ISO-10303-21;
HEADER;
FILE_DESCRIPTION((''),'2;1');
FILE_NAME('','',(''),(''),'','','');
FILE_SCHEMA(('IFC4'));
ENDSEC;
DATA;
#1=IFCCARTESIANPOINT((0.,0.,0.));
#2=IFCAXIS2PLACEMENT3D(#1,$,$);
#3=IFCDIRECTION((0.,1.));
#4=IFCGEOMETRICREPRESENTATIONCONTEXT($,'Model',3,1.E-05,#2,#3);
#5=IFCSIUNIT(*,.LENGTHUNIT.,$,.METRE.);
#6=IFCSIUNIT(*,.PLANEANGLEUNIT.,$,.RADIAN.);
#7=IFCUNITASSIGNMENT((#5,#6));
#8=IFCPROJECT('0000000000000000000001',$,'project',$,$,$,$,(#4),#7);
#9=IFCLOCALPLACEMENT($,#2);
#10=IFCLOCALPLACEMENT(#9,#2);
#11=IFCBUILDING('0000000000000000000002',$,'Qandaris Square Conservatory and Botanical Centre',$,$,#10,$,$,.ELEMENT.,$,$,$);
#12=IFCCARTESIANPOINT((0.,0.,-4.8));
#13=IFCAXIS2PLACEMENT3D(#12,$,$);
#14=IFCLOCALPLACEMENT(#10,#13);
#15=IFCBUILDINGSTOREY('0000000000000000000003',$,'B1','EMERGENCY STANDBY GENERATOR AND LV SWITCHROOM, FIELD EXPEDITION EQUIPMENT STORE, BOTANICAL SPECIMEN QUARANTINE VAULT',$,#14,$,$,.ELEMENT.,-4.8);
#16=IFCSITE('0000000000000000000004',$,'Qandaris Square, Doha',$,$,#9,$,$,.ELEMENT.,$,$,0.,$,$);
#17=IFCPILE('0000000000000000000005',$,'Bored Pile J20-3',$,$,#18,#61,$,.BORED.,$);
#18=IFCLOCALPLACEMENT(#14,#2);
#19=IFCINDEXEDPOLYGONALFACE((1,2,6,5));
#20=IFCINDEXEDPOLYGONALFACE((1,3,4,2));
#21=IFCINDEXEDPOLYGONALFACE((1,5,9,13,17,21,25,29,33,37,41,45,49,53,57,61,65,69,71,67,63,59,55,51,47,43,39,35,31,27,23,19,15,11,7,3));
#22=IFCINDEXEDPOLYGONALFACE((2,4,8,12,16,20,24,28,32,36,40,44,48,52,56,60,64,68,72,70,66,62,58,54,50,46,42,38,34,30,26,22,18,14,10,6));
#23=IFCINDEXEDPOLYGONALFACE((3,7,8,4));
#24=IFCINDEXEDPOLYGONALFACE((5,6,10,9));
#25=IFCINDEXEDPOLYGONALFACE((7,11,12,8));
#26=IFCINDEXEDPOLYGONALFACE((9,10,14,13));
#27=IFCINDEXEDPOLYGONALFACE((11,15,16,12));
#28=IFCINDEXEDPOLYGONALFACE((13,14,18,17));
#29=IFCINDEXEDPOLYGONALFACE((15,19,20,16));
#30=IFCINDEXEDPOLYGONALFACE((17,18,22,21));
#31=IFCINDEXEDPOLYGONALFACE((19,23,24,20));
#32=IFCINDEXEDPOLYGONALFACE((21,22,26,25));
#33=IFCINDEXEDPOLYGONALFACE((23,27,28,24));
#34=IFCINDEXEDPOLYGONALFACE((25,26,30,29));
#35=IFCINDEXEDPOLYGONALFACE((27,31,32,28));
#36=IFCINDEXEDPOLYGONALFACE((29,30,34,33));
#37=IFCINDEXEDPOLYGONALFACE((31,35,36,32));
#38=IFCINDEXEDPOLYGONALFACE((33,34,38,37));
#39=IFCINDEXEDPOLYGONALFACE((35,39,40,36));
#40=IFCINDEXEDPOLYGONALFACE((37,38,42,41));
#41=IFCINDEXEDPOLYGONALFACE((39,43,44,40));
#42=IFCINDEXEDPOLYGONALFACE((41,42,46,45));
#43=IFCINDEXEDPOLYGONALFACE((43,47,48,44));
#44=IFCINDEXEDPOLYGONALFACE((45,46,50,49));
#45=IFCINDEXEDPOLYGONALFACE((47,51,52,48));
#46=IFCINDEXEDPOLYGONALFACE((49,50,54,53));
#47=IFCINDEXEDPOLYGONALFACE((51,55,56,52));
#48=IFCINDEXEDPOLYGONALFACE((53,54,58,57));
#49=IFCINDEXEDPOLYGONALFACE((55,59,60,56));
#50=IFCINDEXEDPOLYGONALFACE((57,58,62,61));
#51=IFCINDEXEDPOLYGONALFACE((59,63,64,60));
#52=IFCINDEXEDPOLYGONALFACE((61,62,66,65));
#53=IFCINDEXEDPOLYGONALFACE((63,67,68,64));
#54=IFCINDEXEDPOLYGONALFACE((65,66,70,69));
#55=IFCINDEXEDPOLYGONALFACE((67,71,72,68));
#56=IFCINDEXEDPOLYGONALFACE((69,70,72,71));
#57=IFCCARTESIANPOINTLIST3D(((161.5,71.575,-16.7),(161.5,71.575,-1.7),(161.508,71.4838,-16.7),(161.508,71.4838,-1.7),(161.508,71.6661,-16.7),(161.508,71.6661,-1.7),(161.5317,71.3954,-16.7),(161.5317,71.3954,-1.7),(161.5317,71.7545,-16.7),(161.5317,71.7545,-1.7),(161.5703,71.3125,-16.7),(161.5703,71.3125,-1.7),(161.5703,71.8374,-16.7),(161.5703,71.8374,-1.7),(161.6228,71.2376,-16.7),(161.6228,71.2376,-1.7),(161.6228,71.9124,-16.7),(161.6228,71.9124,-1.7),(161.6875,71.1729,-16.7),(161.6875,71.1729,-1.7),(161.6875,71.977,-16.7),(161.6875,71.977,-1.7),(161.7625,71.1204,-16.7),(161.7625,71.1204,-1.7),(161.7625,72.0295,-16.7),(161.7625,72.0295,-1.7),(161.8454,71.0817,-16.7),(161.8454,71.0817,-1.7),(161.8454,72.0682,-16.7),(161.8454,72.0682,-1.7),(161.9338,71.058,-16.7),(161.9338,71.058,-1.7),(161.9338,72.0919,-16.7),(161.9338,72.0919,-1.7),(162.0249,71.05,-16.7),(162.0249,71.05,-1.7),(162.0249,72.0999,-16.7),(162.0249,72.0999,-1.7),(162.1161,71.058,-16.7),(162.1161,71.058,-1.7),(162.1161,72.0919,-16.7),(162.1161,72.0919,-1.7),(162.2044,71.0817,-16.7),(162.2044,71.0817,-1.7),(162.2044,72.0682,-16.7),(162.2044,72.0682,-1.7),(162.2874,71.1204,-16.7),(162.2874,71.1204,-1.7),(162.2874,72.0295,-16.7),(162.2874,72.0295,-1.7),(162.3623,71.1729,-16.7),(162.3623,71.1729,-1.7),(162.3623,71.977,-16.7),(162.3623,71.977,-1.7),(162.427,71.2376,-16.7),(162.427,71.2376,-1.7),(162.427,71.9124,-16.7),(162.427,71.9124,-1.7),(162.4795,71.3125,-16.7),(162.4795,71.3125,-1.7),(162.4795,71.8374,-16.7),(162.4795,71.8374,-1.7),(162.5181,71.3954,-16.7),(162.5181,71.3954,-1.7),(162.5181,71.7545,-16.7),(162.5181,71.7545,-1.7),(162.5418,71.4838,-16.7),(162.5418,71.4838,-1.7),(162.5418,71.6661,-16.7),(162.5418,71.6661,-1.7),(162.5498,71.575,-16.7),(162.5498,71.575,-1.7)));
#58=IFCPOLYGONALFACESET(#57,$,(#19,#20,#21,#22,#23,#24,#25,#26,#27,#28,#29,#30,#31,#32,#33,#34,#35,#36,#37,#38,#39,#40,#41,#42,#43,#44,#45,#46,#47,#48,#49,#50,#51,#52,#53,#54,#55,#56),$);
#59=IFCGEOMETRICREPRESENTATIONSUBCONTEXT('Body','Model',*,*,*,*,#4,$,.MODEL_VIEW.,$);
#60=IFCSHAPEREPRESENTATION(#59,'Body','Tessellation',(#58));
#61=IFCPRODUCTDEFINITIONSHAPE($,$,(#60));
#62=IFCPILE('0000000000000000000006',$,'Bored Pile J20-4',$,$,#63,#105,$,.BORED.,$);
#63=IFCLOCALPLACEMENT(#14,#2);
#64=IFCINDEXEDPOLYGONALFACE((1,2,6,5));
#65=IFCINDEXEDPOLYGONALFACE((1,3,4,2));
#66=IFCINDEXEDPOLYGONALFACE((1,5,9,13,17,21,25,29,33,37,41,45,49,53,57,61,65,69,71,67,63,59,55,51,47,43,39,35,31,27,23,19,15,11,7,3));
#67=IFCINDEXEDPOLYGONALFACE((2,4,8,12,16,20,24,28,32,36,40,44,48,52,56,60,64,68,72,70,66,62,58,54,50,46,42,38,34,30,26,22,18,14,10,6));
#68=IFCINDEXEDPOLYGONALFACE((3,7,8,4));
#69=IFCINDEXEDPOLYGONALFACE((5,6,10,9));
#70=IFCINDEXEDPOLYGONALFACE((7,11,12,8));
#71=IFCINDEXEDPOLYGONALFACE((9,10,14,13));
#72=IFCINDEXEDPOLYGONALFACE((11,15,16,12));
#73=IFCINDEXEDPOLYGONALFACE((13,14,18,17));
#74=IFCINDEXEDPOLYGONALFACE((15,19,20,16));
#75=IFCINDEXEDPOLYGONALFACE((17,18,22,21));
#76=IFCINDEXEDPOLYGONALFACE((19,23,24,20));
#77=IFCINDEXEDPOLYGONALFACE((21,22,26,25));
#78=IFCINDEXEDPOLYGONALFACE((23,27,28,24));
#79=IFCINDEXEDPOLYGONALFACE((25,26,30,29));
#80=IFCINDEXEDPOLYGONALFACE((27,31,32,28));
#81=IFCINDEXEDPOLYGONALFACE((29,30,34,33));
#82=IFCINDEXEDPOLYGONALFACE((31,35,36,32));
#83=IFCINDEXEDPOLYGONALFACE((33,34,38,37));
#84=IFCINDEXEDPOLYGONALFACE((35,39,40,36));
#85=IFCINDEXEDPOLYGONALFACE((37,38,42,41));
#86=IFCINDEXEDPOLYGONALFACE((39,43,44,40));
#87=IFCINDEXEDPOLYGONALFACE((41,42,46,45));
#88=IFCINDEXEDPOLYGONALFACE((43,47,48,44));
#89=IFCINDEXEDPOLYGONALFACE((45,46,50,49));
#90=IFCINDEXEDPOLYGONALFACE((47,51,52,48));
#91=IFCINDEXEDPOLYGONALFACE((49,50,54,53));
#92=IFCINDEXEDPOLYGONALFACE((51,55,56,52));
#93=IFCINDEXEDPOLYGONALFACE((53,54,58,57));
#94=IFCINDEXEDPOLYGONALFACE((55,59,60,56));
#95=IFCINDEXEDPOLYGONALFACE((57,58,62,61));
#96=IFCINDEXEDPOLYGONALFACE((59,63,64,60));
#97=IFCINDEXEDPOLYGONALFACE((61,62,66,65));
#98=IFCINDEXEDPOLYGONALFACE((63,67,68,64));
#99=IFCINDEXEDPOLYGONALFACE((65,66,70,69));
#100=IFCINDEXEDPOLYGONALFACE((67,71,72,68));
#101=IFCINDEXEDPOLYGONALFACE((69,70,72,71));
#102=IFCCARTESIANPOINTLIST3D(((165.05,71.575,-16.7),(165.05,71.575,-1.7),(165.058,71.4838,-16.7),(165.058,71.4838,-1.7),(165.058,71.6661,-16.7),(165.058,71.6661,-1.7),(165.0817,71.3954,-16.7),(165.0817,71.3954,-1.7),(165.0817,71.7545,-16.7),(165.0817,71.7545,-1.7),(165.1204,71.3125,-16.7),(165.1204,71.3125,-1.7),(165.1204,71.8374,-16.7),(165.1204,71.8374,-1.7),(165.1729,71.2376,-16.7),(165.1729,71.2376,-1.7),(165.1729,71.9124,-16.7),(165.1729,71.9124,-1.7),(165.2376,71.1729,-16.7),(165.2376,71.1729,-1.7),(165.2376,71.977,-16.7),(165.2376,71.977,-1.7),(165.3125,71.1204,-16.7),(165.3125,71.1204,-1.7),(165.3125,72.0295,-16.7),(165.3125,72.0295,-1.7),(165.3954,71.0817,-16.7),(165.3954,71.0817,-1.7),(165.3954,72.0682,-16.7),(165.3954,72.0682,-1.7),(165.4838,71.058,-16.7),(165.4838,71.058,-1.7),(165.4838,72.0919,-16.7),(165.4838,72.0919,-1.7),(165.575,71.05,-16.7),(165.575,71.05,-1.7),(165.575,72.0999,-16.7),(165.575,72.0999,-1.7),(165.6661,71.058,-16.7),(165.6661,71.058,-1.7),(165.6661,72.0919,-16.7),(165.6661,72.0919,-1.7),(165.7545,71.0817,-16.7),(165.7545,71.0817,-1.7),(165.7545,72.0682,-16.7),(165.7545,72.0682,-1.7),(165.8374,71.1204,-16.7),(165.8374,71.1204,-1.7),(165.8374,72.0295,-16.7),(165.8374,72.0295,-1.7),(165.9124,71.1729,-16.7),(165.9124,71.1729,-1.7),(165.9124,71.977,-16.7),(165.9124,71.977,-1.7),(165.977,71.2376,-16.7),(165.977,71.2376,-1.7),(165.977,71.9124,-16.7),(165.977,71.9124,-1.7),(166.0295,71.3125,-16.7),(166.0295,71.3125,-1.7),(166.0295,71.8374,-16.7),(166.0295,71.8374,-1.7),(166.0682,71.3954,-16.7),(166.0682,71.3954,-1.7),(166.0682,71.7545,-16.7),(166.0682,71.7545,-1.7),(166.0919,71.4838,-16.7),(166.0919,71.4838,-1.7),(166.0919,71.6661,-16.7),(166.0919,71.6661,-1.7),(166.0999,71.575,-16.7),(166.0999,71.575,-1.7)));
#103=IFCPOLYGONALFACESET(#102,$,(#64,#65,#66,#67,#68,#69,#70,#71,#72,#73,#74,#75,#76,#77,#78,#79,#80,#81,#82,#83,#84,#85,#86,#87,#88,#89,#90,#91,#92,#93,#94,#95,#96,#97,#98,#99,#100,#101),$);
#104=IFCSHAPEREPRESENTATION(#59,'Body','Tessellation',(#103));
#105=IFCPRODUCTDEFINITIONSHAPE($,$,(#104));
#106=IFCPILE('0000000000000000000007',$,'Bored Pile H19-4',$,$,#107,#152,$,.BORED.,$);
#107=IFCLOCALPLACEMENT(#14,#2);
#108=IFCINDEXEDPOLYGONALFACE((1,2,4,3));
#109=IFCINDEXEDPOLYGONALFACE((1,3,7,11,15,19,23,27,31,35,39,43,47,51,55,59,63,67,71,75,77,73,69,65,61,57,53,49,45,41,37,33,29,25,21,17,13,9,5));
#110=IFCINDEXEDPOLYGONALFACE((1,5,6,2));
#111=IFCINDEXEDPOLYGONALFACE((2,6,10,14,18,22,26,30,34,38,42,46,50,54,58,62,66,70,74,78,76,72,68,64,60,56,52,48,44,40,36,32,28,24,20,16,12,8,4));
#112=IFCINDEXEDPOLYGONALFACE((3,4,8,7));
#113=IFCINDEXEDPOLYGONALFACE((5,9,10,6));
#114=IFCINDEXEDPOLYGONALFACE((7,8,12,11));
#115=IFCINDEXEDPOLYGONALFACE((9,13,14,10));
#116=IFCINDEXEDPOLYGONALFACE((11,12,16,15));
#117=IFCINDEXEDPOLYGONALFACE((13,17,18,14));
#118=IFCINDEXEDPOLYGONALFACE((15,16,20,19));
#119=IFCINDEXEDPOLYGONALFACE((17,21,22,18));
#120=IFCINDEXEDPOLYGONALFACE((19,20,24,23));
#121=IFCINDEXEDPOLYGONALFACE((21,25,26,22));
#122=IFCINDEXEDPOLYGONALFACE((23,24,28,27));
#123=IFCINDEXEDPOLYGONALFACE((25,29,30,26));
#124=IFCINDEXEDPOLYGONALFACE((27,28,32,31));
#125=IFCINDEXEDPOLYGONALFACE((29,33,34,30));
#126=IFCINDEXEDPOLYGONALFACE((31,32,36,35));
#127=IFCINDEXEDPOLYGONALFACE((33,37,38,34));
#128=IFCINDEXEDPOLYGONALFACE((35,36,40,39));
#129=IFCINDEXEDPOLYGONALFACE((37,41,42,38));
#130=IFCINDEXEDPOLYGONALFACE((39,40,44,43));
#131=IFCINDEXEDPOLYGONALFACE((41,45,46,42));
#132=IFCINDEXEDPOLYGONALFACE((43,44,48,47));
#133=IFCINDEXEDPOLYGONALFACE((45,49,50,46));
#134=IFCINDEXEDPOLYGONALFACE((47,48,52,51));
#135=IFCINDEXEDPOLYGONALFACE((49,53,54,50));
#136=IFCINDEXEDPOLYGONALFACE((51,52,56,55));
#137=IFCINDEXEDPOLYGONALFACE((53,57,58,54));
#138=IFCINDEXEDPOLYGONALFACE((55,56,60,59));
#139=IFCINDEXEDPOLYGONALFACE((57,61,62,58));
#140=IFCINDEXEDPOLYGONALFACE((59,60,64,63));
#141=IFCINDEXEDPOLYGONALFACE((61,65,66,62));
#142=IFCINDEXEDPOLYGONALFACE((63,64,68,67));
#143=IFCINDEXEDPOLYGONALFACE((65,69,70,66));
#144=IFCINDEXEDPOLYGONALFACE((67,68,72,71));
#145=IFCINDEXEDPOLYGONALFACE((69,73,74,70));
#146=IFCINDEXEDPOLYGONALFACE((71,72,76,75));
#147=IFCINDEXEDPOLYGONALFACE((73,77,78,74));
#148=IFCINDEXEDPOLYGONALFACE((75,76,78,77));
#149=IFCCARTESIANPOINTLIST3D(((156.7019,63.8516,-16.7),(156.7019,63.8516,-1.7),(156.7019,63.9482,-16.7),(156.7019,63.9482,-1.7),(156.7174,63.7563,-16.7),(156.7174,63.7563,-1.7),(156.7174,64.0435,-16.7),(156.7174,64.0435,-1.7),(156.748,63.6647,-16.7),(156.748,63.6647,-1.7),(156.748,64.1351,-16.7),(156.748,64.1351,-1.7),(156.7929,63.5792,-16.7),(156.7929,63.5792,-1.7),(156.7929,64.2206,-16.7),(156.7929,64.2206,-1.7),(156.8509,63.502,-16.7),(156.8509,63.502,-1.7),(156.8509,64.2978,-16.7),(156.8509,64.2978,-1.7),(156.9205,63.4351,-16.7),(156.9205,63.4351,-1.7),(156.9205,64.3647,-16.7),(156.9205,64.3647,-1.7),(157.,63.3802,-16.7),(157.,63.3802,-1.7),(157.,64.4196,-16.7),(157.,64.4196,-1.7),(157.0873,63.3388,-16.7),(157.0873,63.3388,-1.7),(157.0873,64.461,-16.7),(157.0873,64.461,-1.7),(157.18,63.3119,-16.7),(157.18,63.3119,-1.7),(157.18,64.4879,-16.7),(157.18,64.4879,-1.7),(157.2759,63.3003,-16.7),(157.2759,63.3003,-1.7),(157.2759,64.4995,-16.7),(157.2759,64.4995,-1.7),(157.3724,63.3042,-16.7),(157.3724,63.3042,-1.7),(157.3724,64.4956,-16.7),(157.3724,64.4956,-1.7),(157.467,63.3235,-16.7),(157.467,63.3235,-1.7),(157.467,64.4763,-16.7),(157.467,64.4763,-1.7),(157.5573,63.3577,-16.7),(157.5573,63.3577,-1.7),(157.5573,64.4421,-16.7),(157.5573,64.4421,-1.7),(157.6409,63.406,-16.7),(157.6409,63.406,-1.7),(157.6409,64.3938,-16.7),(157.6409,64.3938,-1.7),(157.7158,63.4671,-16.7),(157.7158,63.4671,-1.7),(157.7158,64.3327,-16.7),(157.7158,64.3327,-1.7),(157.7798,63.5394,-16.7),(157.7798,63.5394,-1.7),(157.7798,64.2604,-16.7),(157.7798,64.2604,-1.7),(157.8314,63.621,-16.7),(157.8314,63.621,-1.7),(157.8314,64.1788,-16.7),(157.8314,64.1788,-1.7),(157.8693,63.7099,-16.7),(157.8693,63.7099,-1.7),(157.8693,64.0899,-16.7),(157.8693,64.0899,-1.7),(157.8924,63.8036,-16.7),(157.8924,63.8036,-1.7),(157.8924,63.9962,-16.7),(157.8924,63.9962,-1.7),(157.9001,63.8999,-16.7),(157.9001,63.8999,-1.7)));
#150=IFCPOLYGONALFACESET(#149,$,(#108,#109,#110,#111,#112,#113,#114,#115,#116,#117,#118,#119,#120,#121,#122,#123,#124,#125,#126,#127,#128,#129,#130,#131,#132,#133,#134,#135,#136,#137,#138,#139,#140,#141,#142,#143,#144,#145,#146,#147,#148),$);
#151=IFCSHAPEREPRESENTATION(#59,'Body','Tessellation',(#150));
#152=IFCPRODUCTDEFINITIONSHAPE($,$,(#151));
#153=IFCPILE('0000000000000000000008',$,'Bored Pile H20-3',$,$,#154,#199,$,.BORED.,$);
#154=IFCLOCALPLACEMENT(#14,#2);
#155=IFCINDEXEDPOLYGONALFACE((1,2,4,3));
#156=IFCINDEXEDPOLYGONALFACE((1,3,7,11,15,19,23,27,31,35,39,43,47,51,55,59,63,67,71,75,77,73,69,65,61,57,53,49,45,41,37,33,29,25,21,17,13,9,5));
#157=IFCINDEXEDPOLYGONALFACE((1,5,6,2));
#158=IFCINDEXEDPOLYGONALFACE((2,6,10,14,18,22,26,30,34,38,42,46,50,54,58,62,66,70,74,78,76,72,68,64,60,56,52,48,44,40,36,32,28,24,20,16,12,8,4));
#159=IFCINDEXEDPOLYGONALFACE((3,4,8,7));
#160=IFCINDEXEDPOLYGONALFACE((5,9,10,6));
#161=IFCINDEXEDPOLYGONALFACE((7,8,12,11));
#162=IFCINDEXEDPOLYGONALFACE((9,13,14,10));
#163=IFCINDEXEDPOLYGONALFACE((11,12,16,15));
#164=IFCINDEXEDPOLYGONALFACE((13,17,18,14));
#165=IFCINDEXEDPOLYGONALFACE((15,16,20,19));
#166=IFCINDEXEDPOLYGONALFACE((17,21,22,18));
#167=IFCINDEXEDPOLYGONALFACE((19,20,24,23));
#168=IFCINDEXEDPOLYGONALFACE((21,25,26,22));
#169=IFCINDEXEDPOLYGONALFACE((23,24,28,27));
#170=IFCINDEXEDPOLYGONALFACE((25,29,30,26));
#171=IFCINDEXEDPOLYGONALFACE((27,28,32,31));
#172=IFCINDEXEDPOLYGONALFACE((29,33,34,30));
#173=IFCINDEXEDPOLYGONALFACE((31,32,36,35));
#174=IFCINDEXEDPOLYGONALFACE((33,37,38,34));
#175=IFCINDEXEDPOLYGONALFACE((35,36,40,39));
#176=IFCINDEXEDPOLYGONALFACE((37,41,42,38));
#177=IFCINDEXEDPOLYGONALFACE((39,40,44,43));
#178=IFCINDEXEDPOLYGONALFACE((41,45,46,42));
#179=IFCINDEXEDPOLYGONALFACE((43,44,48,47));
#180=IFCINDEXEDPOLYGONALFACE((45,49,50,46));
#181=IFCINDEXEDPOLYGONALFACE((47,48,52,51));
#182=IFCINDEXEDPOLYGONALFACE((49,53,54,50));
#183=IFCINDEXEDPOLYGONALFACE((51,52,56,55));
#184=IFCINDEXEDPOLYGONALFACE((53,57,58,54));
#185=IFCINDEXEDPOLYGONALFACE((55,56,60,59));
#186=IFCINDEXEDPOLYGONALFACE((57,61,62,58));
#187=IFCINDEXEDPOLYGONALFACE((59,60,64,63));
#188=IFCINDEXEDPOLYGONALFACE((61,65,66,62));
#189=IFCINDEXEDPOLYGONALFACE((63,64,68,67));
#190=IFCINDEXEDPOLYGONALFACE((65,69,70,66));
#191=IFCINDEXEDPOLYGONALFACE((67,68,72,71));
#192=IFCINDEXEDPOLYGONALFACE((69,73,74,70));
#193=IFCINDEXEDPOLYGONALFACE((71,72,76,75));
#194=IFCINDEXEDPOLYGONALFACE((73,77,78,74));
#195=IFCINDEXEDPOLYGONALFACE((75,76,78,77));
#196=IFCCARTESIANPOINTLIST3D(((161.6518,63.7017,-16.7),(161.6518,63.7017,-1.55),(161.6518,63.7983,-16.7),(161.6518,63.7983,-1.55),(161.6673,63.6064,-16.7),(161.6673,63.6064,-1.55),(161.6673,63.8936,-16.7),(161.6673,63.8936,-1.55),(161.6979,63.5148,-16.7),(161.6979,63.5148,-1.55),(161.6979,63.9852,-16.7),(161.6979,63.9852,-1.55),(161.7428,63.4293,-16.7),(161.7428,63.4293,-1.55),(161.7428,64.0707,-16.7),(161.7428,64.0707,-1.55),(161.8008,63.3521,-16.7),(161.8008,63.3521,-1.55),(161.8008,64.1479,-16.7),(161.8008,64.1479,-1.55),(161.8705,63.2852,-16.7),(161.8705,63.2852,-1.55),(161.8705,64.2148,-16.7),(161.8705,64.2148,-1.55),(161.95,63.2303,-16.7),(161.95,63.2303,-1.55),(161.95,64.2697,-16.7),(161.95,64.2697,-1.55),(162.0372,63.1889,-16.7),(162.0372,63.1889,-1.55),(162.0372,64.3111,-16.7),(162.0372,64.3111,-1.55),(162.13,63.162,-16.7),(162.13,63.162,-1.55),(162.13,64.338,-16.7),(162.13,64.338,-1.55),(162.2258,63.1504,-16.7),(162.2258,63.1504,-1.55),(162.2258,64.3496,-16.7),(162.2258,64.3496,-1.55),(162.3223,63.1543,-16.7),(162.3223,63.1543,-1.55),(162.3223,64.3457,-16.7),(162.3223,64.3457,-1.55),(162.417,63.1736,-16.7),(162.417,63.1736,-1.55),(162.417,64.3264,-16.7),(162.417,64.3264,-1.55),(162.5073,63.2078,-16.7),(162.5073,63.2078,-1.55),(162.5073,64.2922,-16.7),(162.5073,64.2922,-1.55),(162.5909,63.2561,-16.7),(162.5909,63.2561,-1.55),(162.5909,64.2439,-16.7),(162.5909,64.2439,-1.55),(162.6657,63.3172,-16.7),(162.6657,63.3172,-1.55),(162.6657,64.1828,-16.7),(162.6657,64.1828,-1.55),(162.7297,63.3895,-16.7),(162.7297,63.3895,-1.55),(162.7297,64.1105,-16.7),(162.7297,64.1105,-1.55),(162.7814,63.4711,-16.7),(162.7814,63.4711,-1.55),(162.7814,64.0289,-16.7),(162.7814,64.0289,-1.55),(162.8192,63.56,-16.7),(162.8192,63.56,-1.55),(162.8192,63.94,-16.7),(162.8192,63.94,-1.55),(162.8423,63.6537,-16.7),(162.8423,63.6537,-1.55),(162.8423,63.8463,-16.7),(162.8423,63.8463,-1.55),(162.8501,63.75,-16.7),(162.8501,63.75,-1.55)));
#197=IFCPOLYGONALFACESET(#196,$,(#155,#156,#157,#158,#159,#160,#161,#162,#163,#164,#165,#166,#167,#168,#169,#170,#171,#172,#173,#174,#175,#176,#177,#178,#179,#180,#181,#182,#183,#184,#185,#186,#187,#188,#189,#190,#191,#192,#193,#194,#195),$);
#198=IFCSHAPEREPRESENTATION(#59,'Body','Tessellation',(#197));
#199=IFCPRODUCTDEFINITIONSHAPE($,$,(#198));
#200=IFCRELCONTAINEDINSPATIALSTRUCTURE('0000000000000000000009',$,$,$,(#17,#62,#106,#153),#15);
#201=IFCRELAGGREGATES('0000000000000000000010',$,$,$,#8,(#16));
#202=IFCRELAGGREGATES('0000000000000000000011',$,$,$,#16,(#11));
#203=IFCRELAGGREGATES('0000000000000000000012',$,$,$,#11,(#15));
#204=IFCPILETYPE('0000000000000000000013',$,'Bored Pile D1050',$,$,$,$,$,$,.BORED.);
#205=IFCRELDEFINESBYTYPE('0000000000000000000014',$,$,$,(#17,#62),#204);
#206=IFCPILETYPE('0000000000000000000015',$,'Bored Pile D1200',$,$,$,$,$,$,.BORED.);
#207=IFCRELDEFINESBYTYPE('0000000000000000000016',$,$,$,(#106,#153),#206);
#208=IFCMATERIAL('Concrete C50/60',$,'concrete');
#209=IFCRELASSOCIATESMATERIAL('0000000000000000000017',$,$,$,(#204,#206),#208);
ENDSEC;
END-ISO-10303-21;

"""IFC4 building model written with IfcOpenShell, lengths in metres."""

from ifc_helpers import new_model, si_unit, direction, frame, origin, origin_2d, place, context, subcontext, project, spatial, circle, extrude, material, material_profile, profile_set, type_object, element, save


model = new_model("IFC4")

# Units and contexts
model_context = context("Model", 3, precision=1e-05, world=origin(), true_north=direction((0.0, 1.0)))
body_context = subcontext(model_context, "Body", "Model", "MODEL_VIEW")
ifc_project = project(units=[si_unit("LENGTHUNIT", "METRE"), si_unit("PLANEANGLEUNIT", "RADIAN")], contexts=[model_context])

# Site, building, storey
site_placement = place(None, origin())
site = spatial("IfcSite", under=ifc_project, at=site_placement, Name="Qandaris Square, Doha", CompositionType="ELEMENT", RefElevation=0.0)
building_placement = place(site_placement, origin())
building = spatial("IfcBuilding", under=site, at=building_placement, Name="Qandaris Square Conservatory and Botanical Centre", CompositionType="ELEMENT")
storey_placement = place(building_placement, frame((0.0, 0.0, -4.8)))
storey = spatial("IfcBuildingStorey", under=building, at=storey_placement, Name="B1", Description="EMERGENCY STANDBY GENERATOR AND LV SWITCHROOM, FIELD EXPEDITION EQUIPMENT STORE, BOTANICAL SPECIMEN QUARANTINE VAULT", CompositionType="ELEMENT", Elevation=-4.8)

# Piles
ifc_material_1 = material(Name="Concrete C50/60", Category="concrete")
ifc_material_profile_1 = material_profile(ifc_material_1, circle(Radius=0.5249, at=origin_2d()), Name="PILE D1050")
ifc_profile_set_1 = profile_set([ifc_material_profile_1], Name="Concrete C50/60")
pile_type_1 = type_object("IfcPileType", Name="Bored Pile D1050", PredefinedType="BORED", material=ifc_profile_set_1)
for number, where, z_axis, x_axis, name in (
    (1, (162.0249, 71.575, -1.7), (0.0, 0.0, -1.0), (1.0, 0.0, 0.0), "Bored Pile J20-3"),
    (2, (165.575, 71.575, -1.7), (0.0, 0.0, -1.0), (1.0, 0.0, 0.0), "Bored Pile J20-4"),
):
    element("IfcPile", number, at=place(storey_placement, frame(where, z_axis=z_axis, x_axis=x_axis)), inside=storey, type_object=pile_type_1, Name=name, PredefinedType="BORED", context=body_context, shape_type="SweptSolid", body=[
        extrude(circle(Radius=0.5249, at=origin_2d()), origin(), (0.0, 0.0, 1.0), 15.0),
    ])
ifc_material_profile_2 = material_profile(ifc_material_1, circle(Radius=0.6001, at=origin_2d()), Name="PILE D1200")
ifc_profile_set_2 = profile_set([ifc_material_profile_2], Name="Concrete C50/60")
pile_type_2 = type_object("IfcPileType", Name="Bored Pile D1200", PredefinedType="BORED", material=ifc_profile_set_2)
pile_placement = place(storey_placement, frame((157.3, 63.8999, -1.7), z_axis=(0.0, 0.0, -1.0), x_axis=(1.0, 0.0, 0.0)))
element("IfcPile", 3, at=pile_placement, inside=storey, type_object=pile_type_2, Name="Bored Pile H19-4", PredefinedType="BORED", context=body_context, shape_type="SweptSolid", body=[
    extrude(circle(Radius=0.6001, at=origin_2d()), origin(), (0.0, 0.0, 1.0), 15.0),
])
for number, where, z_axis, x_axis, name in (
    (4, (162.25, 63.75, -1.55), (0.0, 0.0, -1.0), (1.0, 0.0, 0.0), "Bored Pile H20-3"),
):
    element("IfcPile", number, at=place(storey_placement, frame(where, z_axis=z_axis, x_axis=x_axis)), inside=storey, type_object=pile_type_2, Name=name, PredefinedType="BORED", context=body_context, shape_type="SweptSolid", body=[
        extrude(circle(Radius=0.6001, at=origin_2d()), origin(), (0.0, 0.0, 1.0), 15.1499),
    ])

save(model, "model.ifc")
